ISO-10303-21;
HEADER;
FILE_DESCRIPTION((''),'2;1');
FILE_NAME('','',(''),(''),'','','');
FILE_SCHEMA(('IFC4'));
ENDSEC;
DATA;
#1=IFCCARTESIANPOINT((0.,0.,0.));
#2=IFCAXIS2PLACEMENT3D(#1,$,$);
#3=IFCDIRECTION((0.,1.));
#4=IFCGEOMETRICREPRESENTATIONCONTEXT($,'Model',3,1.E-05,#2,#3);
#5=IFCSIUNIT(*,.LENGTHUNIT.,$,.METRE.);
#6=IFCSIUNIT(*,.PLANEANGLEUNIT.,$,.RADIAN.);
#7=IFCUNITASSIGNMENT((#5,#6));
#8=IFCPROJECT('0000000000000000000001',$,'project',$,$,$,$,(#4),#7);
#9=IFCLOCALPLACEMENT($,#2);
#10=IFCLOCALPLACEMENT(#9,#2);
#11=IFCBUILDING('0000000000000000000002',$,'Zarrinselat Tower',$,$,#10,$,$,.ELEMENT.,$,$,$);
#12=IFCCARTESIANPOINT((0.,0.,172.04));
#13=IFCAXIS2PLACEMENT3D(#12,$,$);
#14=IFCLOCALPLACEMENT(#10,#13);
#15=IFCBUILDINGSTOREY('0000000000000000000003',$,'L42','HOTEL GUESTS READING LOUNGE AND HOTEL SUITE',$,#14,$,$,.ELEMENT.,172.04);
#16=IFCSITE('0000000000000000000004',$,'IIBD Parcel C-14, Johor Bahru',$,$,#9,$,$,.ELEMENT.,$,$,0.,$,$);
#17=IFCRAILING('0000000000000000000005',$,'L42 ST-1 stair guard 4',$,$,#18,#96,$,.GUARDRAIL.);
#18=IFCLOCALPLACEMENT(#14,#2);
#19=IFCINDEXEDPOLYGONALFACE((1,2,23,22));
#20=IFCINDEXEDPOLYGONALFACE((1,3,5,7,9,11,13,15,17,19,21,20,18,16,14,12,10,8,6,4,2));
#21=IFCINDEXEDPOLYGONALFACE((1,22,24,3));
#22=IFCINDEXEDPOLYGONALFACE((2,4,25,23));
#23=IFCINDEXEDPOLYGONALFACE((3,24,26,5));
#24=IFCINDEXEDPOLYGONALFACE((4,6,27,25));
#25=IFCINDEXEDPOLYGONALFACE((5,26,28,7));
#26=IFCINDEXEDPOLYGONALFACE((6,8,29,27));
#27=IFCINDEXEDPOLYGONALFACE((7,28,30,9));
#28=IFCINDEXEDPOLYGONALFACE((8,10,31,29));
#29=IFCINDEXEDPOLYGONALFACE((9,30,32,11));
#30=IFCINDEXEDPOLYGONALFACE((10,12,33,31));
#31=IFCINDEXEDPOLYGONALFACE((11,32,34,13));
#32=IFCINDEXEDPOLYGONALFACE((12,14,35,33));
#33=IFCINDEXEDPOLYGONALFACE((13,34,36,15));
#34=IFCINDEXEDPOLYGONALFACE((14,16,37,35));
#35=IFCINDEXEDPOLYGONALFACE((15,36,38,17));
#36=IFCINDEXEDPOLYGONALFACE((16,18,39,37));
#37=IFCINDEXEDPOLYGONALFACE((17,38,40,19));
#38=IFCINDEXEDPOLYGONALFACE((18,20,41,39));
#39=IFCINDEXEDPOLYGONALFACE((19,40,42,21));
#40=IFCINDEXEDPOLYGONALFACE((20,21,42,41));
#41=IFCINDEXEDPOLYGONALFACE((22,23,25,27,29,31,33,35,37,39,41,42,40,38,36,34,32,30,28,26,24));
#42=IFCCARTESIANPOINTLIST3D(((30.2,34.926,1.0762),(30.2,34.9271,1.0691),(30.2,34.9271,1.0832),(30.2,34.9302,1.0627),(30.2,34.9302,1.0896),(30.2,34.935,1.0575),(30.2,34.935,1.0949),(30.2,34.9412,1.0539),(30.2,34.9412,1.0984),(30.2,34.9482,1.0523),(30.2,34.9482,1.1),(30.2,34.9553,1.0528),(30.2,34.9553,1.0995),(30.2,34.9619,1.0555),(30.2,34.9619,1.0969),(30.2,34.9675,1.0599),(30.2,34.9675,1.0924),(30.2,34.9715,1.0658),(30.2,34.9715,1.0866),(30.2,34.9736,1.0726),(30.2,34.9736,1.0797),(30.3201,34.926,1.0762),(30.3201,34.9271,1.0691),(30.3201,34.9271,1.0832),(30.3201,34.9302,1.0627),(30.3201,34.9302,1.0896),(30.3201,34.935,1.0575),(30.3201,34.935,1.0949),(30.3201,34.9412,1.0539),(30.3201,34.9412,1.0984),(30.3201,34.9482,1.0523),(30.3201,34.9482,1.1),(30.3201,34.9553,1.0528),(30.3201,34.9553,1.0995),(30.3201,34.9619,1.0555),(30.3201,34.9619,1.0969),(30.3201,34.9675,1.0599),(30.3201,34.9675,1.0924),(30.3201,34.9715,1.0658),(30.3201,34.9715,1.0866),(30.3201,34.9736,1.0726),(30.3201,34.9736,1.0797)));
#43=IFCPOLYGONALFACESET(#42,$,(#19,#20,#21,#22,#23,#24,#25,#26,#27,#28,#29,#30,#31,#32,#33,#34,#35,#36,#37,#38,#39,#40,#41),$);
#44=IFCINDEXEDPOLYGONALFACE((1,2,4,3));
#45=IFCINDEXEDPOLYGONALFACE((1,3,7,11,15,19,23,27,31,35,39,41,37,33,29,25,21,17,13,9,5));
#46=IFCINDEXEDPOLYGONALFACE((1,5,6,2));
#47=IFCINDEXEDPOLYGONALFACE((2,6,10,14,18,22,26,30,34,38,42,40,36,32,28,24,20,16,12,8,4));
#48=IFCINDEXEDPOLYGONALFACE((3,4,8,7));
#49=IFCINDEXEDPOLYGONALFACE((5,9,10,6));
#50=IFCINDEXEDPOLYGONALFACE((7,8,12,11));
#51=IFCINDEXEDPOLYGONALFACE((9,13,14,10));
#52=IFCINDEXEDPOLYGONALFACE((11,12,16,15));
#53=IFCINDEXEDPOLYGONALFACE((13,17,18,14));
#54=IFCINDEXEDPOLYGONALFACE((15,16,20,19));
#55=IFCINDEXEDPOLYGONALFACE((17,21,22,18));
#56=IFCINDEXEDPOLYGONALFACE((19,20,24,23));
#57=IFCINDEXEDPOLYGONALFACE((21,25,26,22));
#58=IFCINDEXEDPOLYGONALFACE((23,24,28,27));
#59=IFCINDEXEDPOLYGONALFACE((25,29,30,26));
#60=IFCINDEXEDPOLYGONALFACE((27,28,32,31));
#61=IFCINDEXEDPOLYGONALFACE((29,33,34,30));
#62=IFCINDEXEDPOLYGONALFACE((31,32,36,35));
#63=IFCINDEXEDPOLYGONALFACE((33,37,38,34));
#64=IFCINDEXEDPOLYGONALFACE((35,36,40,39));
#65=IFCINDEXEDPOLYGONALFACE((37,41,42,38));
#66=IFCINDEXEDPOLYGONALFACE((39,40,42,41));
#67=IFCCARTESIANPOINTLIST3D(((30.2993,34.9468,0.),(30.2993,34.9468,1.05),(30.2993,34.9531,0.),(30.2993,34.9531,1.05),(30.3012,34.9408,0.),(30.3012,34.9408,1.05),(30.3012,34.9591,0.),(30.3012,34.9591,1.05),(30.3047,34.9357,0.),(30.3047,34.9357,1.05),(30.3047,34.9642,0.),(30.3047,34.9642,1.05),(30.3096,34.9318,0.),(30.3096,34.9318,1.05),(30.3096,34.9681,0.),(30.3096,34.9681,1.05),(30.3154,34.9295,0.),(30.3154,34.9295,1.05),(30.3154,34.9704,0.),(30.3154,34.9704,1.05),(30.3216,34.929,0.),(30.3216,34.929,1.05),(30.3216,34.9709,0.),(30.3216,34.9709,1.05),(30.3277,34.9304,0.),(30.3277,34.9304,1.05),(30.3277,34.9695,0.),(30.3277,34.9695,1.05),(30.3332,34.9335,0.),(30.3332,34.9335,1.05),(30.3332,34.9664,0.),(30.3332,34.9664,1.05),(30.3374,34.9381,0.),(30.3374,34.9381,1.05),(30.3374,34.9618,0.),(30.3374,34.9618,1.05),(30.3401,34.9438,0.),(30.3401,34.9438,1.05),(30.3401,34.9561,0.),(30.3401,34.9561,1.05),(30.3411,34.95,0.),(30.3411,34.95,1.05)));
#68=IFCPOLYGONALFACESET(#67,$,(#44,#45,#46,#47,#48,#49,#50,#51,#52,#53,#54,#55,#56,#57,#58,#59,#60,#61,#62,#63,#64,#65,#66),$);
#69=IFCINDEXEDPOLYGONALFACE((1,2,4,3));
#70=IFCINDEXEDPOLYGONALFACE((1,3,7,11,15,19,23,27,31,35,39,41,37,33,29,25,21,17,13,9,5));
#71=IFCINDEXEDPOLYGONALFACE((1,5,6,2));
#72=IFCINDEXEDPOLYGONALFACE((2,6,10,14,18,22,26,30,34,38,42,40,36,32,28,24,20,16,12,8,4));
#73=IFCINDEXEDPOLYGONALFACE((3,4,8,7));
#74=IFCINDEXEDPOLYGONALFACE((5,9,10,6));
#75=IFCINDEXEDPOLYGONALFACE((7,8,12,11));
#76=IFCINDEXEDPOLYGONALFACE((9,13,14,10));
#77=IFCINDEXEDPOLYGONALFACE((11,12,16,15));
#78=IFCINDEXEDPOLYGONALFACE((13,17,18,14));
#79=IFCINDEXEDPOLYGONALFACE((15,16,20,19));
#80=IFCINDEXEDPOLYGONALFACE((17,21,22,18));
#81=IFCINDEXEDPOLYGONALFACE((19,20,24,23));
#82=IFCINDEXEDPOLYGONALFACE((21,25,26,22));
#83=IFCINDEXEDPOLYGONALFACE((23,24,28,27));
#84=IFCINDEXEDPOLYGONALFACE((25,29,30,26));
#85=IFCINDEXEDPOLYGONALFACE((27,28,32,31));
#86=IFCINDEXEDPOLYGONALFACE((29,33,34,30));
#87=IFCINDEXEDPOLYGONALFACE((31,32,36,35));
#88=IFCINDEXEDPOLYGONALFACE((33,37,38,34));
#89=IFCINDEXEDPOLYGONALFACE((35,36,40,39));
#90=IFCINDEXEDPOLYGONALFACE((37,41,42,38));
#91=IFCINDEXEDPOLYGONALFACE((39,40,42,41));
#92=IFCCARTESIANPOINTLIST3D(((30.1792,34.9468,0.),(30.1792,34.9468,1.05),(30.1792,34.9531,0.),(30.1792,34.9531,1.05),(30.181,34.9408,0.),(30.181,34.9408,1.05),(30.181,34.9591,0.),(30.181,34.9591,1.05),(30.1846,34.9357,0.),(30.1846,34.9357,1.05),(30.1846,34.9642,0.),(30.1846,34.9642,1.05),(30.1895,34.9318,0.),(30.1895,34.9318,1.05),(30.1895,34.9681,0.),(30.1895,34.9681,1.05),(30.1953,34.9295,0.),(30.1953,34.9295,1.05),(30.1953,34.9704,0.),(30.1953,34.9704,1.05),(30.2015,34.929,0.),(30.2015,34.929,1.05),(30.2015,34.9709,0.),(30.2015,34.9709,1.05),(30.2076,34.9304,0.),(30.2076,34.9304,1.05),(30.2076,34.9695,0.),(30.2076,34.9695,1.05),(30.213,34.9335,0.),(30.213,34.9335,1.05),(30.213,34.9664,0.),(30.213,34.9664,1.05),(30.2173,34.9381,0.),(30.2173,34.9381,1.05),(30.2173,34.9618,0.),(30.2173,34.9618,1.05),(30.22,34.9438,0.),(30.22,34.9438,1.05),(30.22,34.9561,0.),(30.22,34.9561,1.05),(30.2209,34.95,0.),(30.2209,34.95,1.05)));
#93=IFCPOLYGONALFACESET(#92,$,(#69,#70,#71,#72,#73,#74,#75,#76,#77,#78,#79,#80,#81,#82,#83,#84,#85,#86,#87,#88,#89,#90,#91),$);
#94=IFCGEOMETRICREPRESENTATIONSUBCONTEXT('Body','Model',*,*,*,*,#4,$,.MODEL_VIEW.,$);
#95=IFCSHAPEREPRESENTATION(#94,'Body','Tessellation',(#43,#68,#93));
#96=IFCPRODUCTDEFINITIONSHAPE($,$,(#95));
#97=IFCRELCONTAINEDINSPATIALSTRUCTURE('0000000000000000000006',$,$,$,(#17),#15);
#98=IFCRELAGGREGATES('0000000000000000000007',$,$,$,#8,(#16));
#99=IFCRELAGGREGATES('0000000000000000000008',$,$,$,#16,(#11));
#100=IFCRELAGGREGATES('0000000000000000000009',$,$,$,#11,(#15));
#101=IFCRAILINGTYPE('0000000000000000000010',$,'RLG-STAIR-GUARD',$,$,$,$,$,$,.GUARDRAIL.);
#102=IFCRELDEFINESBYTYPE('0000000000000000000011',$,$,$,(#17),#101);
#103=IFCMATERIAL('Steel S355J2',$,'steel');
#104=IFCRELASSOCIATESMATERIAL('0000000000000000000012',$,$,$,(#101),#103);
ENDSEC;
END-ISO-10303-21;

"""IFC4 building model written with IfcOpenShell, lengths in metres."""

from ifc_helpers import new_model, si_unit, direction, frame, origin, origin_2d, place, context, subcontext, project, spatial, circle, extrude, material, type_object, element, save


model = new_model("IFC4")

# Units and contexts
model_context = context("Model", 3, precision=1e-05, world=origin(), true_north=direction((0.0, 1.0)))
body_context = subcontext(model_context, "Body", "Model", "MODEL_VIEW")
ifc_project = project(units=[si_unit("LENGTHUNIT", "METRE"), si_unit("PLANEANGLEUNIT", "RADIAN")], contexts=[model_context])

# Site, building, storey
site_placement = place(None, origin())
site = spatial("IfcSite", under=ifc_project, at=site_placement, Name="IIBD Parcel C-14, Johor Bahru", CompositionType="ELEMENT", RefElevation=0.0)
building_placement = place(site_placement, origin())
building = spatial("IfcBuilding", under=site, at=building_placement, Name="Zarrinselat Tower", CompositionType="ELEMENT")
storey_placement = place(building_placement, frame((0.0, 0.0, 172.04)))
storey = spatial("IfcBuildingStorey", under=building, at=storey_placement, Name="L42", Description="HOTEL GUESTS READING LOUNGE AND HOTEL SUITE", CompositionType="ELEMENT", Elevation=172.04)

# Railing
ifc_material_1 = material(Name="Steel S355J2", Category="steel")
railing_type_1 = type_object("IfcRailingType", Name="RLG-STAIR-GUARD", PredefinedType="GUARDRAIL", material=ifc_material_1)
railing_1_placement = place(storey_placement, frame((30.3201, 34.95, 0.0)))
element("IfcRailing", 1, at=railing_1_placement, inside=storey, type_object=railing_type_1, Name="L42 ST-1 stair guard 4", PredefinedType="GUARDRAIL", context=body_context, shape_type="SweptSolid", body=[
    extrude(circle(Radius=0.0239, at=origin_2d()), frame((0.0, 0.0, 1.0762), z_axis=(-1.0, 0.0, 0.0), x_axis=(0.0, -1.0, 0.0)), (0.0, 0.0, 1.0), 0.1201),
    extrude(circle(Radius=0.021, at=origin_2d()), origin(), (0.0, 0.0, 1.0), 1.05),
    extrude(circle(Radius=0.021, at=origin_2d()), frame((-0.1201, 0.0, 0.0)), (0.0, 0.0, 1.0), 1.05),
])

save(model, "model.ifc")
